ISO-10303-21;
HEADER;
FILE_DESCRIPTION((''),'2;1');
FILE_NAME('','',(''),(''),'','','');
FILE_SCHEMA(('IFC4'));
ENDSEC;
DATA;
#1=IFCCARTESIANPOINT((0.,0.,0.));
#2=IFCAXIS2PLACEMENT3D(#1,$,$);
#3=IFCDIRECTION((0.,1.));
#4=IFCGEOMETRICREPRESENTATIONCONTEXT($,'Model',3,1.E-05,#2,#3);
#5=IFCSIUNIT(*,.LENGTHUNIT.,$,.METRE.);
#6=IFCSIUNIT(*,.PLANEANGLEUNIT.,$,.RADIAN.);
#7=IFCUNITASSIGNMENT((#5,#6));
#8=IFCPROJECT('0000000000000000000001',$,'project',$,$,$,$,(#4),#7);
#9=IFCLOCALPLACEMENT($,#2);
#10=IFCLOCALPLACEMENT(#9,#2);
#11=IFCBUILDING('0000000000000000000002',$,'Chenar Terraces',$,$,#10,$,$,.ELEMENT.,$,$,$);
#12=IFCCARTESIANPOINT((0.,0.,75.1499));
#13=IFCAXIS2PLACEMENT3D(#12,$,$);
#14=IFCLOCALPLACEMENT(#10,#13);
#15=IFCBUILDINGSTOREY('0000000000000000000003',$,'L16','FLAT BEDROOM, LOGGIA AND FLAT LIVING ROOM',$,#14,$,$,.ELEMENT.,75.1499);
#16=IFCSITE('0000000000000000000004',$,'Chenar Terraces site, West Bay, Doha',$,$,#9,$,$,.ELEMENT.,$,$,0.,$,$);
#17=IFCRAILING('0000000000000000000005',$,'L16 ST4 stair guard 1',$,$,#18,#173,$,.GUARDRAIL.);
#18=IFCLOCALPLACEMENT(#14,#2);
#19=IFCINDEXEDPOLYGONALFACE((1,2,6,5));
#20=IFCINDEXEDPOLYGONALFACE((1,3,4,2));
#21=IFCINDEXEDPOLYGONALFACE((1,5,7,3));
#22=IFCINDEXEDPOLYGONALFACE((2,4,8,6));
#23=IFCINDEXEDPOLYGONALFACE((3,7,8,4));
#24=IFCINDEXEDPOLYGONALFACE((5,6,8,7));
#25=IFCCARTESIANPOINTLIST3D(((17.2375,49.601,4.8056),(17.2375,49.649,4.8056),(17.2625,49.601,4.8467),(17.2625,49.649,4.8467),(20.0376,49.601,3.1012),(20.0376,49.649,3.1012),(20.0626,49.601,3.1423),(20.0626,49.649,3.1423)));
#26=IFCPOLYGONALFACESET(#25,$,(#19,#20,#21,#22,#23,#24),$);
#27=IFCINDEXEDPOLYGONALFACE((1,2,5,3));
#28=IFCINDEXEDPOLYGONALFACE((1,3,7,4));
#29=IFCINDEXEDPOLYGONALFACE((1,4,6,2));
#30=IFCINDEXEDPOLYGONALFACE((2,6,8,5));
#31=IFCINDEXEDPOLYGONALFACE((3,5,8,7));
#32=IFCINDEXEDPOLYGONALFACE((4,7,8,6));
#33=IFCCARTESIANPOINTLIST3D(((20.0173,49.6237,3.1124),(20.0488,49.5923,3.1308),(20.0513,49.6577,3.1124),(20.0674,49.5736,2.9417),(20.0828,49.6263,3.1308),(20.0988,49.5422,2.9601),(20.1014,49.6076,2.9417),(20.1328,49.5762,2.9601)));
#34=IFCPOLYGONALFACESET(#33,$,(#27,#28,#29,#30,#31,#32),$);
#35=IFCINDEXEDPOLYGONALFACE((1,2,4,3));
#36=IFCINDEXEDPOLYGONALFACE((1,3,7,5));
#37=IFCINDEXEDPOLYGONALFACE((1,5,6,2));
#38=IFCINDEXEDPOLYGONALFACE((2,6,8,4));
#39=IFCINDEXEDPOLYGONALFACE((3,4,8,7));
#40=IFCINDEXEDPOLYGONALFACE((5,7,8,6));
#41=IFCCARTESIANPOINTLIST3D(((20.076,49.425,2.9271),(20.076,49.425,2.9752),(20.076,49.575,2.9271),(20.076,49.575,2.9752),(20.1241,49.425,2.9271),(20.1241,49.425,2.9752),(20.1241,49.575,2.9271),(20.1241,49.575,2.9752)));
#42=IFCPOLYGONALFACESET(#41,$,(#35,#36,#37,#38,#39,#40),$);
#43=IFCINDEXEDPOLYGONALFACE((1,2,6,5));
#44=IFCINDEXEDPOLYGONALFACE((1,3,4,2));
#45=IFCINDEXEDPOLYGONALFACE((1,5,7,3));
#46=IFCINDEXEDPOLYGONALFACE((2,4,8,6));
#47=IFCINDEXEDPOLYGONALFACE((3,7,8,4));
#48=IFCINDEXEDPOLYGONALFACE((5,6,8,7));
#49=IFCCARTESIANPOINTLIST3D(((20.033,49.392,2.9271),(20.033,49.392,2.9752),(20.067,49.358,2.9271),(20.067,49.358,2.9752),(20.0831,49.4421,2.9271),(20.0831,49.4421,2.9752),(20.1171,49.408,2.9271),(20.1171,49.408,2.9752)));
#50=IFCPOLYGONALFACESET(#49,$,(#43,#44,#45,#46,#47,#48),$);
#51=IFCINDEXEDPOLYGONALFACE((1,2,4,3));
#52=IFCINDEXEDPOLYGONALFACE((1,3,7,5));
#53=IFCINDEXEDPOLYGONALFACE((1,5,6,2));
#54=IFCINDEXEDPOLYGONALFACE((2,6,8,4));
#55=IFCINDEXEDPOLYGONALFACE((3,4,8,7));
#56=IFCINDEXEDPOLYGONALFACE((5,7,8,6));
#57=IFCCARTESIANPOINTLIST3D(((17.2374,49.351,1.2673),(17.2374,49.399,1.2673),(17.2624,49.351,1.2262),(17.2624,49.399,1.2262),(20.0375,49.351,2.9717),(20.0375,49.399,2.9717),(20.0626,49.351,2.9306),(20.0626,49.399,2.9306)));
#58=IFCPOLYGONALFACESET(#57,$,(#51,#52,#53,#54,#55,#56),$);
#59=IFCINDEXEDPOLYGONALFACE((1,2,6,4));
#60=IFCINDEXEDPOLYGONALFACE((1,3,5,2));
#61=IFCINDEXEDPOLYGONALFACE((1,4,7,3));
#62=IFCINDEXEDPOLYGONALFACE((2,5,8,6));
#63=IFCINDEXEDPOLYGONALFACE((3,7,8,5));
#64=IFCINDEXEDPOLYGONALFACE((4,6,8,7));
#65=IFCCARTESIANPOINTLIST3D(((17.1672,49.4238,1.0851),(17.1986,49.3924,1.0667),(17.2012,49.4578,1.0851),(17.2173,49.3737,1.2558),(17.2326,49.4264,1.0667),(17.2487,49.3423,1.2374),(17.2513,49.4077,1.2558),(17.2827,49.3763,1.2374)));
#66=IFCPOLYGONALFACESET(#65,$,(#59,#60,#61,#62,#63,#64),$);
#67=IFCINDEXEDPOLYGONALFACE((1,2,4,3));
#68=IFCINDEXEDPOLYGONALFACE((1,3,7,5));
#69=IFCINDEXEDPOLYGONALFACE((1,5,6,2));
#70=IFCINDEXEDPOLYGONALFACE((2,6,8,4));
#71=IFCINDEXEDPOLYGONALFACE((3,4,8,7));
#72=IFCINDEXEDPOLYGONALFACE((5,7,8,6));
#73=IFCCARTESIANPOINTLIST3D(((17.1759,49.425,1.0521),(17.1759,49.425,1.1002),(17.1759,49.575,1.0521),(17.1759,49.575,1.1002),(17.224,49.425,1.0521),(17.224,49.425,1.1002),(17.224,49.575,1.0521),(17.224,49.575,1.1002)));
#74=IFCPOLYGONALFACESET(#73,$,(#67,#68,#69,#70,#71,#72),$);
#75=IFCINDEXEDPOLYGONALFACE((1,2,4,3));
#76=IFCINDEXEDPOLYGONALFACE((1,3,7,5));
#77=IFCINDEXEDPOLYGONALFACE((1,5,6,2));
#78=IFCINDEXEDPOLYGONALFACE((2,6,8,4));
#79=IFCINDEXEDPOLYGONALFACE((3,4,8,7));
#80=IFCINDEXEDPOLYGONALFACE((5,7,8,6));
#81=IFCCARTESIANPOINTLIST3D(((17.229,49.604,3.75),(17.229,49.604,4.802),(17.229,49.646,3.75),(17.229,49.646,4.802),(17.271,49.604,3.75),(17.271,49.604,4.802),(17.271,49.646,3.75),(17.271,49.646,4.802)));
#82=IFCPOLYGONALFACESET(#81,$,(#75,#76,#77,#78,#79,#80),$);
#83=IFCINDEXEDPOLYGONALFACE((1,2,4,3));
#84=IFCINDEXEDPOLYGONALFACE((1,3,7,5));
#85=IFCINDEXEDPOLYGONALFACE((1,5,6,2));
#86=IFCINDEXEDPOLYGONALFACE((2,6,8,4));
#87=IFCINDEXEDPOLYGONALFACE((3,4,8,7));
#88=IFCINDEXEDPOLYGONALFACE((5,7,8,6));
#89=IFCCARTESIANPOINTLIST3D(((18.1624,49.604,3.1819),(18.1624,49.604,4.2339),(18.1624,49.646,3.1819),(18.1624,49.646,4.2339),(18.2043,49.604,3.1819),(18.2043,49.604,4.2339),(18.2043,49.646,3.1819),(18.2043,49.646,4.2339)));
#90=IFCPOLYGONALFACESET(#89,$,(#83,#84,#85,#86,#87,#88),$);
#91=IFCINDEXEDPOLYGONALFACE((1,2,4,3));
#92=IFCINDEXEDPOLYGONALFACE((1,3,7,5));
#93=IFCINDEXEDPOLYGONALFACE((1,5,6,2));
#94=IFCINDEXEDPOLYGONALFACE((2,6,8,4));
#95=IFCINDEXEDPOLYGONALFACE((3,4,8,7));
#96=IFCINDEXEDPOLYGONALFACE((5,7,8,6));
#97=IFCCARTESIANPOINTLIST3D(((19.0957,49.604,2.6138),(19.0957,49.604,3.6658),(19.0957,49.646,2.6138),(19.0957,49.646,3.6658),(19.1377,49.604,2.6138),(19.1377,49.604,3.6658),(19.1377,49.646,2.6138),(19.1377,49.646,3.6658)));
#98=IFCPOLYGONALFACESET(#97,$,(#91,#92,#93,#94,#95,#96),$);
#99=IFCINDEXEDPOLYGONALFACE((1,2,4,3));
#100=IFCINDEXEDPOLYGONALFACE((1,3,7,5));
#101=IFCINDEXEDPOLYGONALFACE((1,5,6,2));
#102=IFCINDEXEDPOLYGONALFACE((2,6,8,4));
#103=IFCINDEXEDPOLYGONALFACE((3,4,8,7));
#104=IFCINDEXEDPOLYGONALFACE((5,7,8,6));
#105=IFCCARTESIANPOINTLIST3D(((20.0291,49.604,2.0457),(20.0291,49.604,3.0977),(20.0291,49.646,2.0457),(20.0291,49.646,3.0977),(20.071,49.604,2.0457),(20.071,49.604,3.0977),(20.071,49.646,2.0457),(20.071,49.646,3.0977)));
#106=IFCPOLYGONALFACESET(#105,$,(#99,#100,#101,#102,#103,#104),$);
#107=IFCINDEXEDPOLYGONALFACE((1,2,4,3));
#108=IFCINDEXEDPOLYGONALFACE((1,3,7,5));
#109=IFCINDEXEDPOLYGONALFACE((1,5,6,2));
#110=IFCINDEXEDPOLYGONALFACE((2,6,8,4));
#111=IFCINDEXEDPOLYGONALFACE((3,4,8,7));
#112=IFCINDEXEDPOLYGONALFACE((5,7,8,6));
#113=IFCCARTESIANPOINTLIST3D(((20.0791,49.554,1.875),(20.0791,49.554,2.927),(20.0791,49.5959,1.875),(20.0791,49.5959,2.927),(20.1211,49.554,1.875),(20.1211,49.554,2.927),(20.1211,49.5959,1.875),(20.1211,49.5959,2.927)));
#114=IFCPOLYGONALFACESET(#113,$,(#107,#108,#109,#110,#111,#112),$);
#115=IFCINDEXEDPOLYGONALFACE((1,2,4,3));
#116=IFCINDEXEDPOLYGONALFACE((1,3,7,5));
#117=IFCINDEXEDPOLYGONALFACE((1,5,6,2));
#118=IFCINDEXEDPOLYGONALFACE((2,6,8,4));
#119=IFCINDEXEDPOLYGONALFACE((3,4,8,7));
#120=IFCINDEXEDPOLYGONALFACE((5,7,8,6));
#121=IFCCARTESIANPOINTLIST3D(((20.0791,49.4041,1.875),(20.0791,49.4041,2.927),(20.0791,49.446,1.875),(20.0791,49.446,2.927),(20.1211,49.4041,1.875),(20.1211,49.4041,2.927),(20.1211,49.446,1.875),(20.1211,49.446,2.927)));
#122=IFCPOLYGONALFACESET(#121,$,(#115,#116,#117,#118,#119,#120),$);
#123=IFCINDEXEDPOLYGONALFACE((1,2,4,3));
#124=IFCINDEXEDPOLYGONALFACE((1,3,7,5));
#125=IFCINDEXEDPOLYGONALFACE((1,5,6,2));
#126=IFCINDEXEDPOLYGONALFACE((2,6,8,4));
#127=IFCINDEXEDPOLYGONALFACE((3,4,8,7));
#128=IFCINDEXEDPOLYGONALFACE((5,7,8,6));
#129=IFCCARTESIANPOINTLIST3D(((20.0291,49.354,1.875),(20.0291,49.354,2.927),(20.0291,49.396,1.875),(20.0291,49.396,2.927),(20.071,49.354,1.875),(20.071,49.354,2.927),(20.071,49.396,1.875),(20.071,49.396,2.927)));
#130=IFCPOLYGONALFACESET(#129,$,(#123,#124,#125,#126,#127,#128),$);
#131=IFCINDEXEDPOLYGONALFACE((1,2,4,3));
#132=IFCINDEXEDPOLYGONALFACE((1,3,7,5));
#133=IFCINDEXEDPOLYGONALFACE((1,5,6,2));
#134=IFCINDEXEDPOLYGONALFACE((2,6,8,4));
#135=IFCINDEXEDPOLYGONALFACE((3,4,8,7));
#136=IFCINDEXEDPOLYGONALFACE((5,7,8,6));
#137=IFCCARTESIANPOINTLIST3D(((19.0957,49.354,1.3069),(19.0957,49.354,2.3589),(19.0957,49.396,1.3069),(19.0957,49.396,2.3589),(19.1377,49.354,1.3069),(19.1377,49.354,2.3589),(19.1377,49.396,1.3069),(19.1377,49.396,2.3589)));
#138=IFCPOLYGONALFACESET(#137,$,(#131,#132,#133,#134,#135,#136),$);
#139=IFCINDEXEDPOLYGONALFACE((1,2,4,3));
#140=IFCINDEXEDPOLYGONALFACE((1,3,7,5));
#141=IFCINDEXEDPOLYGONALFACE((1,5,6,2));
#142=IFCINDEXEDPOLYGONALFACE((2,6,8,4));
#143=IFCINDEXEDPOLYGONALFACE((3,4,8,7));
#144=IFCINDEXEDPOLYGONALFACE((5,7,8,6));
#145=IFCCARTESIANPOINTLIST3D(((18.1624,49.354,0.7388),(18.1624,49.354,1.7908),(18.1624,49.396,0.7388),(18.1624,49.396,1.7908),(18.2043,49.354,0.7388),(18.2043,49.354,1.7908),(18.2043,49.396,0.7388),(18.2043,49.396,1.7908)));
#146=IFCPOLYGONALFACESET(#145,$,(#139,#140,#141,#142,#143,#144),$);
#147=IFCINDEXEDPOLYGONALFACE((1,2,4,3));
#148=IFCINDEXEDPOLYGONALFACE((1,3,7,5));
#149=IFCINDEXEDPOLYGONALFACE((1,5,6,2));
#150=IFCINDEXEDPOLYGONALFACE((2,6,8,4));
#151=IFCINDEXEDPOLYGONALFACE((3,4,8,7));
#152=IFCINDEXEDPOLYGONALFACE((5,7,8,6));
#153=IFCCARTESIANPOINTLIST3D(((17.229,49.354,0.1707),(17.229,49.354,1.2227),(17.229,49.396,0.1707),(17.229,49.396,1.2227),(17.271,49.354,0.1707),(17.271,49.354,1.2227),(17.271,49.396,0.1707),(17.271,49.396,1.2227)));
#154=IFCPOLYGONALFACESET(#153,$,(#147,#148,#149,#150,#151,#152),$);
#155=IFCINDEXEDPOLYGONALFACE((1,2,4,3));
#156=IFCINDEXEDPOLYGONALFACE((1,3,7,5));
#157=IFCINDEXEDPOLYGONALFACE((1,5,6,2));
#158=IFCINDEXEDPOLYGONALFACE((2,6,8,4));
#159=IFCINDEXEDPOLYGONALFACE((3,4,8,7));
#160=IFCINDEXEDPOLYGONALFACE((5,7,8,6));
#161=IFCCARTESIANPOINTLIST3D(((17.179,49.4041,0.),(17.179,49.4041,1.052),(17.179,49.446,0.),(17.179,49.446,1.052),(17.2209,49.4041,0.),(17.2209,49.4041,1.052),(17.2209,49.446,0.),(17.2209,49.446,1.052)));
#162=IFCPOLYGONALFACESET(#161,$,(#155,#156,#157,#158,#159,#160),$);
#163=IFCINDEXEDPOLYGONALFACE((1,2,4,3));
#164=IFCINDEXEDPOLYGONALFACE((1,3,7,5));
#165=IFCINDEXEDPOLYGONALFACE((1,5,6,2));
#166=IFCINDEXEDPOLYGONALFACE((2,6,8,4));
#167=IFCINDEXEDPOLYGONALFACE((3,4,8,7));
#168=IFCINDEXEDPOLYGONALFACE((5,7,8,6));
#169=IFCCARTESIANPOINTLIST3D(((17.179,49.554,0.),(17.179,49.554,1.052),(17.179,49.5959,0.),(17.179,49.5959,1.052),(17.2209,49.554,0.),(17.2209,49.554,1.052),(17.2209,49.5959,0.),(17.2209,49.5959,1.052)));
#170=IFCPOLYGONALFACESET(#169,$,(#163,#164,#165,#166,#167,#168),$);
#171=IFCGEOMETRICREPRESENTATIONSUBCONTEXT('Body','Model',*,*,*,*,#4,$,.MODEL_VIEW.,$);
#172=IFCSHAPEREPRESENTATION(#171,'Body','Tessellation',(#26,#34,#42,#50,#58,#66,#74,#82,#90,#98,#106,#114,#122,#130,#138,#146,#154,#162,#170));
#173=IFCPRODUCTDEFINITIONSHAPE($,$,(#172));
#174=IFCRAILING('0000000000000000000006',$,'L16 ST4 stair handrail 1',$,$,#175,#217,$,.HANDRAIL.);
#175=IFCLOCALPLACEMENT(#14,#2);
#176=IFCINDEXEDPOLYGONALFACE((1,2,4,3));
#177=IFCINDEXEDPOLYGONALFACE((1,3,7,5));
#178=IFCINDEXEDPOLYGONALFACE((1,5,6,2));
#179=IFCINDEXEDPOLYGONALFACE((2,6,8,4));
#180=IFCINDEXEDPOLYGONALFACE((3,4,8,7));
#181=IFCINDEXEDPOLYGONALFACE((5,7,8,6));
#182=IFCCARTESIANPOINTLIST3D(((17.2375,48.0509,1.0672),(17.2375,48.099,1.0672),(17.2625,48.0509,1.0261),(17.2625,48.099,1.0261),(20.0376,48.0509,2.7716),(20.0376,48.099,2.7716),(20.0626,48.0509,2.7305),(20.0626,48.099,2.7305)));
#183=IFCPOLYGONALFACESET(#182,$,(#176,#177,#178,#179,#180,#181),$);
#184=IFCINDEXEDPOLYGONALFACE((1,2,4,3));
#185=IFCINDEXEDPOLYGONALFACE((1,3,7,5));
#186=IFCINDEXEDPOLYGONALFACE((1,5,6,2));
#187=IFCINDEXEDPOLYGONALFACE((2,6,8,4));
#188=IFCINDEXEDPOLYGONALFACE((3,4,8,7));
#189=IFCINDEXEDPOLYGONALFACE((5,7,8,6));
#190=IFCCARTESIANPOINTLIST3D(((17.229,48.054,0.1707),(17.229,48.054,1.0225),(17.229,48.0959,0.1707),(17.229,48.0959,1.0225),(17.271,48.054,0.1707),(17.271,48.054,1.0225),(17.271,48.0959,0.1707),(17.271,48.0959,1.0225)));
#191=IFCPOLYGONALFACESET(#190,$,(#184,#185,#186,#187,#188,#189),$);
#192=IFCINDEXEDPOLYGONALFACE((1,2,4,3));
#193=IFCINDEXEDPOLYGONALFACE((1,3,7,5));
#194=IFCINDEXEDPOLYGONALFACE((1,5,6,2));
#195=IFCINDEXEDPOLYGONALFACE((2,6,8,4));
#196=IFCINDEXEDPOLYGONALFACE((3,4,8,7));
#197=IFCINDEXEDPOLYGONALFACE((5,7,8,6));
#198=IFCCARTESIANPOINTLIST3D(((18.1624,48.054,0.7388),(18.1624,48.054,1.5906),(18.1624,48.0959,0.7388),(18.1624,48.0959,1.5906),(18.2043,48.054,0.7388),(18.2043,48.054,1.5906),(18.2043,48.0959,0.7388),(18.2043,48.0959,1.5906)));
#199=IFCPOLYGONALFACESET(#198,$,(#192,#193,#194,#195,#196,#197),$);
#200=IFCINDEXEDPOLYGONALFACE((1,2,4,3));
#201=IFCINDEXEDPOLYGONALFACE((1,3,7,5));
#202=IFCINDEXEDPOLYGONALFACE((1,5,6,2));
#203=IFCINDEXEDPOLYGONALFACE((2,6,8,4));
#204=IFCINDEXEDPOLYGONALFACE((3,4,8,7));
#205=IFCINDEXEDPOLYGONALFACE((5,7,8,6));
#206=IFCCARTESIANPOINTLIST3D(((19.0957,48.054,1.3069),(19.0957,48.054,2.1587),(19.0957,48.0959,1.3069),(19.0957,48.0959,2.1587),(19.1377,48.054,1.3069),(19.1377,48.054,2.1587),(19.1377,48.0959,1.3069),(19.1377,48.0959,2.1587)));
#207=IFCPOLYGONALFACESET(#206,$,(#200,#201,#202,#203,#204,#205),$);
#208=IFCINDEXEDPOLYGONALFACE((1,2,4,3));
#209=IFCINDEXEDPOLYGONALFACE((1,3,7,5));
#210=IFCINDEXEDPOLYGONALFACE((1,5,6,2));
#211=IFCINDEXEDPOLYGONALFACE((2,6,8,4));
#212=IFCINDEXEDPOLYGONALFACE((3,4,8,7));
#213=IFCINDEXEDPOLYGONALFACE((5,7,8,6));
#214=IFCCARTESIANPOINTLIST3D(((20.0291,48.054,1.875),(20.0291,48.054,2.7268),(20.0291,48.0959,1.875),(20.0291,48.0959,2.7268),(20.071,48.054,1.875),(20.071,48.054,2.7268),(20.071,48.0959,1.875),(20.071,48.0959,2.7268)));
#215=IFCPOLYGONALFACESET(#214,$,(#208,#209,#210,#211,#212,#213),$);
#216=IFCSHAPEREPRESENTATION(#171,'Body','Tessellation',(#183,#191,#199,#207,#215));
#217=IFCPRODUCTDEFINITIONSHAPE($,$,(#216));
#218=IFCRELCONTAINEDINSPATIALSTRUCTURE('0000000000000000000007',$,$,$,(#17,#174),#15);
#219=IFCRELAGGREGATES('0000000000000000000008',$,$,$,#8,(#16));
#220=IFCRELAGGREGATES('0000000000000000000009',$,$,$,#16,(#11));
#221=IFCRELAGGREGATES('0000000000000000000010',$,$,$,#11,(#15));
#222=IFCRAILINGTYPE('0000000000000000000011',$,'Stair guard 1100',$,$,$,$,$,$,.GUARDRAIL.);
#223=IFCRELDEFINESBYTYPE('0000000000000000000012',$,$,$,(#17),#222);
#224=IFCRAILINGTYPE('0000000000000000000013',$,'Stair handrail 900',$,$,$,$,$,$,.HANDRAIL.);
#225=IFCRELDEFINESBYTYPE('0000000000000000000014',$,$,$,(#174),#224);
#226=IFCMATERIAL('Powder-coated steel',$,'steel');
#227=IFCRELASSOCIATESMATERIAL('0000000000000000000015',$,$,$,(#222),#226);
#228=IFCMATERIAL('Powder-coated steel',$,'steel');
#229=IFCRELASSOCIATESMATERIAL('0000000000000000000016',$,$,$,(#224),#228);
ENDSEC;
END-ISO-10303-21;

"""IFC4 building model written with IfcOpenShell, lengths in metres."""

from ifc_helpers import new_model, si_unit, direction, frame, origin, origin_2d, place, context, subcontext, project, spatial, rectangle, extrude, material, type_object, element, save


model = new_model("IFC4")

# Units and contexts
model_context = context("Model", 3, precision=1e-05, world=origin(), true_north=direction((0.0, 1.0)))
body_context = subcontext(model_context, "Body", "Model", "MODEL_VIEW")
ifc_project = project(units=[si_unit("LENGTHUNIT", "METRE"), si_unit("PLANEANGLEUNIT", "RADIAN")], contexts=[model_context])

# Site, building, storey
site_placement = place(None, origin())
site = spatial("IfcSite", under=ifc_project, at=site_placement, Name="Chenar Terraces site, West Bay, Doha", CompositionType="ELEMENT", RefElevation=0.0)
building_placement = place(site_placement, origin())
building = spatial("IfcBuilding", under=site, at=building_placement, Name="Chenar Terraces", CompositionType="ELEMENT")
storey_placement = place(building_placement, frame((0.0, 0.0, 75.1499)))
storey = spatial("IfcBuildingStorey", under=building, at=storey_placement, Name="L16", Description="FLAT BEDROOM, LOGGIA AND FLAT LIVING ROOM", CompositionType="ELEMENT", Elevation=75.1499)

# Railings
ifc_material_1 = material(Name="Powder-coated steel", Category="steel")
railing_type_1 = type_object("IfcRailingType", Name="Stair guard 1100", PredefinedType="GUARDRAIL", material=ifc_material_1)
railing_1_placement = place(storey_placement, frame((17.25, 49.625, 3.75)))
element("IfcRailing", 1, at=railing_1_placement, inside=storey, type_object=railing_type_1, Name="L16 ST4 stair guard 1", PredefinedType="GUARDRAIL", context=body_context, shape_type="SweptSolid", body=[
    extrude(rectangle(XDim=0.0481, YDim=0.0481, at=origin_2d()), frame((0.0, 0.0, 1.0762), z_axis=(0.854203, 0.0, -0.51994), x_axis=(0.0, 1.0, 0.0)), (0.0, 0.0, 1.0), 3.2781),
    extrude(rectangle(XDim=0.0481, YDim=0.0481, at=origin_2d()), frame((2.8, 0.0, -0.6284), z_axis=(0.2709, -0.2709, -0.923703), x_axis=(0.707107, 0.707107, 0.0)), (0.0, 0.0, 1.0), 0.1848),
    extrude(rectangle(XDim=0.0481, YDim=0.0481, at=origin_2d()), frame((2.8501, -0.05, -0.7988), z_axis=(0.0, -1.0, 0.0), x_axis=(1.0, 0.0, 0.0)), (0.0, 0.0, 1.0), 0.1499),
    extrude(rectangle(XDim=0.0481, YDim=0.0481, at=origin_2d()), frame((2.8501, -0.2, -0.7988), z_axis=(-0.707107, -0.707107, 0.0), x_axis=(0.707107, -0.707107, 0.0)), (0.0, 0.0, 1.0), 0.0708),
    extrude(rectangle(XDim=0.0481, YDim=0.0481, at=origin_2d()), frame((2.8, -0.25, -0.7988), z_axis=(-0.854203, 0.0, -0.51994), x_axis=(0.0, -1.0, 0.0)), (0.0, 0.0, 1.0), 3.2781),
    extrude(rectangle(XDim=0.0481, YDim=0.0481, at=origin_2d()), frame((0.0, -0.25, -2.5034), z_axis=(-0.2709, 0.2709, -0.923703), x_axis=(-0.707107, -0.707107, 0.0)), (0.0, 0.0, 1.0), 0.1848),
    extrude(rectangle(XDim=0.0481, YDim=0.0481, at=origin_2d()), frame((-0.05, -0.2, -2.6738), z_axis=(0.0, 1.0, 0.0), x_axis=(-1.0, 0.0, 0.0)), (0.0, 0.0, 1.0), 0.1499),
    extrude(rectangle(XDim=0.042, YDim=0.042, at=origin_2d()), origin(), (0.0, 0.0, 1.0), 1.052),
    extrude(rectangle(XDim=0.042, YDim=0.042, at=origin_2d()), frame((0.9333, 0.0, -0.5681)), (0.0, 0.0, 1.0), 1.052),
    extrude(rectangle(XDim=0.042, YDim=0.042, at=origin_2d()), frame((1.8667, 0.0, -1.1362)), (0.0, 0.0, 1.0), 1.052),
    extrude(rectangle(XDim=0.042, YDim=0.042, at=origin_2d()), frame((2.8, 0.0, -1.7043)), (0.0, 0.0, 1.0), 1.052),
    extrude(rectangle(XDim=0.042, YDim=0.042, at=origin_2d()), frame((2.8501, -0.05, -1.875)), (0.0, 0.0, 1.0), 1.052),
    extrude(rectangle(XDim=0.042, YDim=0.042, at=origin_2d()), frame((2.8501, -0.2, -1.875)), (0.0, 0.0, 1.0), 1.052),
    extrude(rectangle(XDim=0.042, YDim=0.042, at=origin_2d()), frame((2.8, -0.25, -1.875)), (0.0, 0.0, 1.0), 1.052),
    extrude(rectangle(XDim=0.042, YDim=0.042, at=origin_2d()), frame((1.8667, -0.25, -2.4431)), (0.0, 0.0, 1.0), 1.052),
    extrude(rectangle(XDim=0.042, YDim=0.042, at=origin_2d()), frame((0.9333, -0.25, -3.0112)), (0.0, 0.0, 1.0), 1.052),
    extrude(rectangle(XDim=0.042, YDim=0.042, at=origin_2d()), frame((0.0, -0.25, -3.5793)), (0.0, 0.0, 1.0), 1.052),
    extrude(rectangle(XDim=0.042, YDim=0.042, at=origin_2d()), frame((-0.05, -0.2, -3.75)), (0.0, 0.0, 1.0), 1.052),
    extrude(rectangle(XDim=0.042, YDim=0.042, at=origin_2d()), frame((-0.05, -0.05, -3.75)), (0.0, 0.0, 1.0), 1.052),
])
ifc_material_2 = material(Name="Powder-coated steel", Category="steel")
railing_type_2 = type_object("IfcRailingType", Name="Stair handrail 900", PredefinedType="HANDRAIL", material=ifc_material_2)
railing_2_placement = place(storey_placement, frame((17.25, 48.075, 0.1707)))
element("IfcRailing", 2, at=railing_2_placement, inside=storey, type_object=railing_type_2, Name="L16 ST4 stair handrail 1", PredefinedType="HANDRAIL", context=body_context, shape_type="SweptSolid", body=[
    extrude(rectangle(XDim=0.0481, YDim=0.0481, at=origin_2d()), frame((0.0, 0.0, 0.876), z_axis=(0.854203, 0.0, 0.51994), x_axis=(0.0, 1.0, 0.0)), (0.0, 0.0, 1.0), 3.2781),
    extrude(rectangle(XDim=0.042, YDim=0.042, at=origin_2d()), origin(), (0.0, 0.0, 1.0), 0.8518),
    extrude(rectangle(XDim=0.042, YDim=0.042, at=origin_2d()), frame((0.9333, 0.0, 0.5681)), (0.0, 0.0, 1.0), 0.8518),
    extrude(rectangle(XDim=0.042, YDim=0.042, at=origin_2d()), frame((1.8667, 0.0, 1.1362)), (0.0, 0.0, 1.0), 0.8518),
    extrude(rectangle(XDim=0.042, YDim=0.042, at=origin_2d()), frame((2.8, 0.0, 1.7043)), (0.0, 0.0, 1.0), 0.8518),
])

save(model, "model.ifc")
